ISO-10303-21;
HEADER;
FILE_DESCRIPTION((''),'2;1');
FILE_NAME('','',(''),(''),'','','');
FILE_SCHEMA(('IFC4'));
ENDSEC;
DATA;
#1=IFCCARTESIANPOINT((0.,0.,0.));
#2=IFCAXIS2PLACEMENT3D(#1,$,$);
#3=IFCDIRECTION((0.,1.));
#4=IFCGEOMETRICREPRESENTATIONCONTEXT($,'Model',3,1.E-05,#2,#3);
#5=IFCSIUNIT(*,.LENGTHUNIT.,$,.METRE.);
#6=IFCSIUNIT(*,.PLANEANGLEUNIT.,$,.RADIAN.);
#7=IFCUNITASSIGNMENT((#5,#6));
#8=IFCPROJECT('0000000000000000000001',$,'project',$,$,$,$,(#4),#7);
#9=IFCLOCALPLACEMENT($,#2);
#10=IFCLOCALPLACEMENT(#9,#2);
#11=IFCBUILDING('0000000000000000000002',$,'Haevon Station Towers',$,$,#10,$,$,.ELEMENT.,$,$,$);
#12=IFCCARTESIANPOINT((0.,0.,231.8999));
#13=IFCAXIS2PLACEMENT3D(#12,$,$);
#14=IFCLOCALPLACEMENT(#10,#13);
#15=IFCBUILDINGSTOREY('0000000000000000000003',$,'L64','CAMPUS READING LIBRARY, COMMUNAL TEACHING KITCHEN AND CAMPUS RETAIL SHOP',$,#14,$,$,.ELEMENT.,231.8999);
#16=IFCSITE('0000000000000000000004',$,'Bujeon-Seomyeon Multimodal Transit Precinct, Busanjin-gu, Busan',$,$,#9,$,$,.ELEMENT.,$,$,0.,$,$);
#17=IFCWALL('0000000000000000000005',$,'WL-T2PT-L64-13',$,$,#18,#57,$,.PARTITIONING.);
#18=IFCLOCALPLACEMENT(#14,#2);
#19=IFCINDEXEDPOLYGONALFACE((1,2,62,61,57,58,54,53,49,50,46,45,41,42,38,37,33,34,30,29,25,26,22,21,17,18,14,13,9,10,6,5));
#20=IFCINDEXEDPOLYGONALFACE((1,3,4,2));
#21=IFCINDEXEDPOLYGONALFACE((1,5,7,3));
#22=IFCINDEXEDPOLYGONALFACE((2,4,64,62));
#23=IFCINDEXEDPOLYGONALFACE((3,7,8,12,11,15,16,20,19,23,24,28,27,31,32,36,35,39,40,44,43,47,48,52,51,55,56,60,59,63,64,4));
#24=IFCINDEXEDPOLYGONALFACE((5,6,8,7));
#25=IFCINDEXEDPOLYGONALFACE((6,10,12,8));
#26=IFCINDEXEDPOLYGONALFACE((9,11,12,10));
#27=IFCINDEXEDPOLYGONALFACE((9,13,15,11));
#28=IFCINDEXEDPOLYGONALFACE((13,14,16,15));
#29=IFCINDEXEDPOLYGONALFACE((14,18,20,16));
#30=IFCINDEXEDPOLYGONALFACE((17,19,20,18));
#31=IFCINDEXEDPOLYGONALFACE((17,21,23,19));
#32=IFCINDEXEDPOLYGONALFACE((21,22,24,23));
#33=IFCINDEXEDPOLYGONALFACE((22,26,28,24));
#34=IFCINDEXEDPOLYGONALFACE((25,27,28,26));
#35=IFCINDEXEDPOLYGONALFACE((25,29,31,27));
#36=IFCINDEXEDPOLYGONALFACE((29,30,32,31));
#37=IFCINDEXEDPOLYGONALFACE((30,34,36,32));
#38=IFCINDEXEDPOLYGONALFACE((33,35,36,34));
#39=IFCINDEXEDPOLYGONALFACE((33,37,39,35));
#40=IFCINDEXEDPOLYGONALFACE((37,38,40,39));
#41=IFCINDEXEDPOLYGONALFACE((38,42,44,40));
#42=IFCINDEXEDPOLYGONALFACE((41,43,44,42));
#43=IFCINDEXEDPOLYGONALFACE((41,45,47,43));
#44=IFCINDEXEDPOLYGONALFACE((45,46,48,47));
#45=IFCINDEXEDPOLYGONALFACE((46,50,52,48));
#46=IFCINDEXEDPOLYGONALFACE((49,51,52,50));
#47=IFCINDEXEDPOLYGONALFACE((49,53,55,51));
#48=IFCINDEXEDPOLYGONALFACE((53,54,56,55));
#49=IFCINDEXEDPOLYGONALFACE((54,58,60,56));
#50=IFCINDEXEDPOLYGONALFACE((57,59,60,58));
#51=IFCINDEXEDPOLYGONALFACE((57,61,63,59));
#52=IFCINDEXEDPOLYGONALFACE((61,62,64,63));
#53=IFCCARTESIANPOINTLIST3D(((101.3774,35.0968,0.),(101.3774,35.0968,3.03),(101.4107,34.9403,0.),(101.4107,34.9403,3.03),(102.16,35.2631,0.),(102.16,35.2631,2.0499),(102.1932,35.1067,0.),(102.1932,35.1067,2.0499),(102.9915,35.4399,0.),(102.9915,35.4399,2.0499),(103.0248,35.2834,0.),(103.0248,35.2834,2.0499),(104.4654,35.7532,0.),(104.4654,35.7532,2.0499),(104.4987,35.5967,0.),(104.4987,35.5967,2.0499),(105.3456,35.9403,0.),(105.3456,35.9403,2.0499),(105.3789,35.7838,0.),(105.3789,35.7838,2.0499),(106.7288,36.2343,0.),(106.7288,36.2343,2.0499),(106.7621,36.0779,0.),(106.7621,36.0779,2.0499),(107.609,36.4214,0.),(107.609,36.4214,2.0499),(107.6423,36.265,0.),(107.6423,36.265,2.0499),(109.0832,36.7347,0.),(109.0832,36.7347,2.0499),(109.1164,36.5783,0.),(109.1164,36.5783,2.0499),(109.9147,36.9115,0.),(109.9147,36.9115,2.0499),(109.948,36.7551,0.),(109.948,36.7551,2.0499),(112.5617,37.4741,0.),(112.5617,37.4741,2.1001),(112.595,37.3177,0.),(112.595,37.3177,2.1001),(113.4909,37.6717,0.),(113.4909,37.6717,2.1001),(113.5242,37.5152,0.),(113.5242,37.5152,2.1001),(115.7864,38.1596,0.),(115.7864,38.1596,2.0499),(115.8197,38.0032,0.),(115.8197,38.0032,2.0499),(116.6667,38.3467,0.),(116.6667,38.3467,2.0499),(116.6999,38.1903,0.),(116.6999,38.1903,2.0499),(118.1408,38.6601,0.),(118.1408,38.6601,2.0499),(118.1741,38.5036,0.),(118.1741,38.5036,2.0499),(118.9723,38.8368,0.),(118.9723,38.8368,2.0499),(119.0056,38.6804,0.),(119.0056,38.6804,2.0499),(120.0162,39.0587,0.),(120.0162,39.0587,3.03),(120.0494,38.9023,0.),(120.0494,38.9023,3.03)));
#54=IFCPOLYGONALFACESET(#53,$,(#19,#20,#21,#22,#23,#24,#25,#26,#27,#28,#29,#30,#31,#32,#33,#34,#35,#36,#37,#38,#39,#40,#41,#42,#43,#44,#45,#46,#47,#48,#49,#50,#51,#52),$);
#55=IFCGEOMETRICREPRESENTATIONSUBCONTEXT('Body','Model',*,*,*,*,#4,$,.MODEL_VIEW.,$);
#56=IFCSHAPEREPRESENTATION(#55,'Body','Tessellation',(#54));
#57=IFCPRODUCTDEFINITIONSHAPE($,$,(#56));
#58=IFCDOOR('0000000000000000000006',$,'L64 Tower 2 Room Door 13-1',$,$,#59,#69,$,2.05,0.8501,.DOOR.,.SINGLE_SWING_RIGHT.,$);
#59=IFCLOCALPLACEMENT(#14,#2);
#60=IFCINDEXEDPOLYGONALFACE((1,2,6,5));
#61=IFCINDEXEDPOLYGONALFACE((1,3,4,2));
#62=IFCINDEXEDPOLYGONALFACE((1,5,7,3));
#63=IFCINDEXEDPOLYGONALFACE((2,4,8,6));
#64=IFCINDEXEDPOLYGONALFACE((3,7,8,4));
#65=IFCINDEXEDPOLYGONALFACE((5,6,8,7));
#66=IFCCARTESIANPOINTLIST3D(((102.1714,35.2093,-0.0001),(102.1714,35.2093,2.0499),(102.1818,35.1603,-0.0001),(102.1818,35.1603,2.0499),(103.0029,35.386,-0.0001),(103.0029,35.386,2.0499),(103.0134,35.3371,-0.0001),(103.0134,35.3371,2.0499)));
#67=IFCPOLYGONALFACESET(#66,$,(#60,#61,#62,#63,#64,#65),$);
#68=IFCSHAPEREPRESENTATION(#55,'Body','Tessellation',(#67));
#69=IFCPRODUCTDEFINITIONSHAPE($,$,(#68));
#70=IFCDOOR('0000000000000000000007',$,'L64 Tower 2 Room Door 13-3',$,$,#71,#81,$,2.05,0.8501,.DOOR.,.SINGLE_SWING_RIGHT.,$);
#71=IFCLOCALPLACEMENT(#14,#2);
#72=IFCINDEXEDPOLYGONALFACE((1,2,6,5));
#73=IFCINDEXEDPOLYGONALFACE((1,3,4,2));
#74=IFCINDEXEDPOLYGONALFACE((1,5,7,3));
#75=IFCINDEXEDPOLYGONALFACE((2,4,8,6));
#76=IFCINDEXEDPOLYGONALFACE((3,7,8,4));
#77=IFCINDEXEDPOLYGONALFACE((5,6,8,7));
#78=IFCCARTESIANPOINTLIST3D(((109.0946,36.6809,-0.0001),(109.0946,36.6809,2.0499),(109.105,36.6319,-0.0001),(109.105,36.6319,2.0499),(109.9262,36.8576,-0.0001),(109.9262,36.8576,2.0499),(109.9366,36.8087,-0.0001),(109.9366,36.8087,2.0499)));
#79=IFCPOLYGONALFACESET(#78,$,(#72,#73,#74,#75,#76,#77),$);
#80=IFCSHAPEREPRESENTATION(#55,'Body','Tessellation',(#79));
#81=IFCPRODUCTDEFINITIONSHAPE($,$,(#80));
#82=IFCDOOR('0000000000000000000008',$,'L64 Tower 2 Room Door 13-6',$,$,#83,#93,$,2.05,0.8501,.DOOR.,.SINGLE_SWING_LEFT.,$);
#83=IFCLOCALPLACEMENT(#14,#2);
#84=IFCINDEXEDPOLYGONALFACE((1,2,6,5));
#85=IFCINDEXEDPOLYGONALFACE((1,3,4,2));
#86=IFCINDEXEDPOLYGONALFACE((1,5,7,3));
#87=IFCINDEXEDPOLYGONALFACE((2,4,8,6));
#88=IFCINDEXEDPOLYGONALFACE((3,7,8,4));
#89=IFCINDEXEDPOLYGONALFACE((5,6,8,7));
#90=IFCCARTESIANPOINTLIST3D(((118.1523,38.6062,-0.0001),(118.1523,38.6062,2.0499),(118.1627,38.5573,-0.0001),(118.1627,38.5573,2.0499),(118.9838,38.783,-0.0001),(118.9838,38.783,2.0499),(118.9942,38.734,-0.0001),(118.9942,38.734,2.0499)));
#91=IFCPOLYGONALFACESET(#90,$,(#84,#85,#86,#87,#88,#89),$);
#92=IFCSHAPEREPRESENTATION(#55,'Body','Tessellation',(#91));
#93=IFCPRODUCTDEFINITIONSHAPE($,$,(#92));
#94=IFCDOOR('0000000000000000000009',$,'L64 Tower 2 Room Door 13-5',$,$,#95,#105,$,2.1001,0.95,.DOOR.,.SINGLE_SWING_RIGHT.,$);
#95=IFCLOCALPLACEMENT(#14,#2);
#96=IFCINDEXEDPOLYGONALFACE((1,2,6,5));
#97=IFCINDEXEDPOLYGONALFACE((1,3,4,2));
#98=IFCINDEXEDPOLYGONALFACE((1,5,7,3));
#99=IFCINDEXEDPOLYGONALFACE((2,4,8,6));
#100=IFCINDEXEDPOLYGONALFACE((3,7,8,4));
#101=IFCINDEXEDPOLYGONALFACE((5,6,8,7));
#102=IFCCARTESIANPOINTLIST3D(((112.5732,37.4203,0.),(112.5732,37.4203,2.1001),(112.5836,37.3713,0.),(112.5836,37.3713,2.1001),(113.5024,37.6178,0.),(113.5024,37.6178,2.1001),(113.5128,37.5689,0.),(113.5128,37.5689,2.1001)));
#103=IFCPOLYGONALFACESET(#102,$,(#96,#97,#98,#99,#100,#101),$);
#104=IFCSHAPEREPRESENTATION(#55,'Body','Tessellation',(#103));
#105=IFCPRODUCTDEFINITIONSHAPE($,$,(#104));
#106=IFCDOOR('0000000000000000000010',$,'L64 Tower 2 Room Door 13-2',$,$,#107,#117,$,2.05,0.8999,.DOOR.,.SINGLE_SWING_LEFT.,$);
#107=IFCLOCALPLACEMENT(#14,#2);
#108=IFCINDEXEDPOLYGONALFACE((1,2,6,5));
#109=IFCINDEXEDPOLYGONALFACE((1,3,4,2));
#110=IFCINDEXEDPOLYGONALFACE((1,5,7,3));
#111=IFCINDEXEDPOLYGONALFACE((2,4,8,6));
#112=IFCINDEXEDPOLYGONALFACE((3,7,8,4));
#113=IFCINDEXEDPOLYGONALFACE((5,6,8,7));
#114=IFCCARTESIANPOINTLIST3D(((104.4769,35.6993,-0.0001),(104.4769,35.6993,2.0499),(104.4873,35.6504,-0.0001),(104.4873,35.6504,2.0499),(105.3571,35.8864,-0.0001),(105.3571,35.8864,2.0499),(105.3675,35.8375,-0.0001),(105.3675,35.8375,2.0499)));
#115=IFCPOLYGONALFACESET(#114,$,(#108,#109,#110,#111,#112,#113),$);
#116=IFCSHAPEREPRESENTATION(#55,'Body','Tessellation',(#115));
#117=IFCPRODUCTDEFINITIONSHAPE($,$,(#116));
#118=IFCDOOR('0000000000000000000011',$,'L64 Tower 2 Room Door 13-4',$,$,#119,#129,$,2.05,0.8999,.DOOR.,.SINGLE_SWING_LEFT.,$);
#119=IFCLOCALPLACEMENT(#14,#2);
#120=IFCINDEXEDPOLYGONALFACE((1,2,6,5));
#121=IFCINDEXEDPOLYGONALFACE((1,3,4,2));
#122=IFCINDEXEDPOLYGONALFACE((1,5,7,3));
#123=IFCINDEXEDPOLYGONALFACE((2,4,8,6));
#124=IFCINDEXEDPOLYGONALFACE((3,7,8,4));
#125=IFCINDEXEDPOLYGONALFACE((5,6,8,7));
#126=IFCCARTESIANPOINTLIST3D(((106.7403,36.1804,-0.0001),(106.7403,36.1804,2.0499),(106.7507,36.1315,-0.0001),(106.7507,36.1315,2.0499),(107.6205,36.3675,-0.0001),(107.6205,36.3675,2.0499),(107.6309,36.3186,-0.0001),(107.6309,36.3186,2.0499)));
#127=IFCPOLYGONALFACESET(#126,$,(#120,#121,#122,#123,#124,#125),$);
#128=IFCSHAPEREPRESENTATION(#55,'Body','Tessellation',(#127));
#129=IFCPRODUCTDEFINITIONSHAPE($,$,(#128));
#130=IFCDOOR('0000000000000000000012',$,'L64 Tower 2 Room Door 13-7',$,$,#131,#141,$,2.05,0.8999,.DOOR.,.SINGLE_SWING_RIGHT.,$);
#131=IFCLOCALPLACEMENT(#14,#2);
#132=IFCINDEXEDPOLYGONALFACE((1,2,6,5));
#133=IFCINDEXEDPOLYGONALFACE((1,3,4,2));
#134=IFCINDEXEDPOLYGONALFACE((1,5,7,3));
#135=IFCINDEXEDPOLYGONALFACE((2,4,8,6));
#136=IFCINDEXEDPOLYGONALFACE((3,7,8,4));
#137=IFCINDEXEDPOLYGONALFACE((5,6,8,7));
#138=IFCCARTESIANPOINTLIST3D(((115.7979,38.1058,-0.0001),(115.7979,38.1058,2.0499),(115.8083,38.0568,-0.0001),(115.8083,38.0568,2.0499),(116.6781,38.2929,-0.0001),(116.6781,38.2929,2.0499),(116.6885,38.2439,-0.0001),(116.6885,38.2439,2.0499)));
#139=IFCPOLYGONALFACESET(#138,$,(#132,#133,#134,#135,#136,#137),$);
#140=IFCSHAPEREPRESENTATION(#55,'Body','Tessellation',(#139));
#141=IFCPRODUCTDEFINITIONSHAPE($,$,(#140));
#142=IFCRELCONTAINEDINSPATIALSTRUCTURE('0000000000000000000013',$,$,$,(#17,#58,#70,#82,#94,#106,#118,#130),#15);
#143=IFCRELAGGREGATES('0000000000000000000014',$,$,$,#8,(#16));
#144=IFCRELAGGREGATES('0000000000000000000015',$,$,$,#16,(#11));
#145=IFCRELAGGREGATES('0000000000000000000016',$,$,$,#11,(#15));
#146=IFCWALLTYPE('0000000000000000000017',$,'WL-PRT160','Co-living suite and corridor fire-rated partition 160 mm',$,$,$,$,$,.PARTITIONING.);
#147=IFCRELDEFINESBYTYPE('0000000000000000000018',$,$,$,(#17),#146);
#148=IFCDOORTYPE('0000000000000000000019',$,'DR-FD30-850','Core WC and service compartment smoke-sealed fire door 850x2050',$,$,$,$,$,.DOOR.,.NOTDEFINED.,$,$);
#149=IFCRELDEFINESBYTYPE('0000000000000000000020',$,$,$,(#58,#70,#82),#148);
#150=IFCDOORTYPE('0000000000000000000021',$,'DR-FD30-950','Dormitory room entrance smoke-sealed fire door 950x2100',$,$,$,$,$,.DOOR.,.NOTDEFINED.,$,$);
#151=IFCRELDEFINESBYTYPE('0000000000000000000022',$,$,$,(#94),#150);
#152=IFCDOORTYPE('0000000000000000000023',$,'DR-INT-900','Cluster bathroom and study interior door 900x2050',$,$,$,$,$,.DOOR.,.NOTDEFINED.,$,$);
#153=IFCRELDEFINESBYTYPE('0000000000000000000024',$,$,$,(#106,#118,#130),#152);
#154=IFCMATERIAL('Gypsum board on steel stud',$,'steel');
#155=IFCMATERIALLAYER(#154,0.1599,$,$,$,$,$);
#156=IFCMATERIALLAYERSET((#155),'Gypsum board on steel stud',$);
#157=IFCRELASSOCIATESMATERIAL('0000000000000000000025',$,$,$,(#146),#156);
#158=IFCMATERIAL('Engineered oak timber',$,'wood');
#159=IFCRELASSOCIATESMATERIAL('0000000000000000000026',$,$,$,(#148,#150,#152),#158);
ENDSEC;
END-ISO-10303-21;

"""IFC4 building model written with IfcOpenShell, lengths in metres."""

from ifc_helpers import new_model, si_unit, direction, frame, frame_2d, origin, place, context, subcontext, project, spatial, rectangle, extrude, material, layer, layer_set, type_object, element, fill, save


model = new_model("IFC4")

# Units and contexts
model_context = context("Model", 3, precision=1e-05, world=origin(), true_north=direction((0.0, 1.0)))
body_context = subcontext(model_context, "Body", "Model", "MODEL_VIEW")
ifc_project = project(units=[si_unit("LENGTHUNIT", "METRE"), si_unit("PLANEANGLEUNIT", "RADIAN")], contexts=[model_context])

# Site, building, storey
site_placement = place(None, origin())
site = spatial("IfcSite", under=ifc_project, at=site_placement, Name="Bujeon-Seomyeon Multimodal Transit Precinct, Busanjin-gu, Busan", CompositionType="ELEMENT", RefElevation=0.0)
building_placement = place(site_placement, origin())
building = spatial("IfcBuilding", under=site, at=building_placement, Name="Haevon Station Towers", CompositionType="ELEMENT")
storey_placement = place(building_placement, frame((0.0, 0.0, 231.8999)))
storey = spatial("IfcBuildingStorey", under=building, at=storey_placement, Name="L64", Description="CAMPUS READING LIBRARY, COMMUNAL TEACHING KITCHEN AND CAMPUS RETAIL SHOP", CompositionType="ELEMENT", Elevation=231.8999)

# Shared definitions
ifc_material_1 = material(Name="Gypsum board on steel stud", Category="steel")
ifc_material_2 = material(Name="Engineered oak timber", Category="wood")

# Shared definitions
ifc_layer_1 = layer(ifc_material_1, 0.1599)
ifc_layer_set_1 = layer_set([ifc_layer_1], Name="Gypsum board on steel stud")
wall_type_1 = type_object("IfcWallType", Name="WL-PRT160", Description="Co-living suite and corridor fire-rated partition 160 mm", PredefinedType="PARTITIONING", material=ifc_layer_set_1)

# Wall, openings, doors
wall_1_placement = place(storey_placement, frame((101.394, 35.0186, 0.0), z_axis=(0.0, 0.0, 1.0), x_axis=(0.978146, 0.207919, 0.0)))
wall_1 = element("IfcWall", 1, at=wall_1_placement, inside=storey, type_object=wall_type_1, Name="WL-T2PT-L64-13", PredefinedType="PARTITIONING", context=body_context, shape_type="SweptSolid", body=[
    extrude(rectangle(XDim=19.0552, YDim=0.1599, at=frame_2d((9.5276, 0.0))), origin(), (0.0, 0.0, 1.0), 3.03),
])
opening_1_placement = place(wall_1_placement, frame((0.8, 0.0, 0.0)))
opening_1 = element("IfcOpeningElement", 2, at=opening_1_placement, cuts=wall_1, PredefinedType="OPENING", context=body_context, shape_type="SweptSolid", body=[
    extrude(rectangle(XDim=0.8501, YDim=2.05, at=frame_2d((0.425, 1.0249))), frame((0.0, 0.0898, 0.0), z_axis=(0.0, -1.0, 0.0), x_axis=(1.0, 0.0, 0.0)), (0.0, 0.0, 1.0), 0.1799),
])
opening_2_placement = place(wall_1_placement, frame((3.157, 0.0, 0.0)))
opening_2 = element("IfcOpeningElement", 3, at=opening_2_placement, cuts=wall_1, PredefinedType="OPENING", context=body_context, shape_type="SweptSolid", body=[
    extrude(rectangle(XDim=0.8999, YDim=2.05, at=frame_2d((0.45, 1.0249))), frame((0.0, 0.0898, 0.0), z_axis=(0.0, -1.0, 0.0), x_axis=(1.0, 0.0, 0.0)), (0.0, 0.0, 1.0), 0.1799),
])
opening_3_placement = place(wall_1_placement, frame((7.8779, 0.0, 0.0)))
opening_3 = element("IfcOpeningElement", 4, at=opening_3_placement, cuts=wall_1, PredefinedType="OPENING", context=body_context, shape_type="SweptSolid", body=[
    extrude(rectangle(XDim=0.8501, YDim=2.05, at=frame_2d((0.425, 1.0249))), frame((0.0, 0.0898, 0.0), z_axis=(0.0, -1.0, 0.0), x_axis=(1.0, 0.0, 0.0)), (0.0, 0.0, 1.0), 0.1799),
])
opening_4_placement = place(wall_1_placement, frame((5.4709, 0.0, 0.0)))
opening_4 = element("IfcOpeningElement", 5, at=opening_4_placement, cuts=wall_1, PredefinedType="OPENING", context=body_context, shape_type="SweptSolid", body=[
    extrude(rectangle(XDim=0.8999, YDim=2.05, at=frame_2d((0.45, 1.0249))), frame((0.0, 0.0898, 0.0), z_axis=(0.0, -1.0, 0.0), x_axis=(1.0, 0.0, 0.0)), (0.0, 0.0, 1.0), 0.1799),
])
opening_5_placement = place(wall_1_placement, frame((11.4341, 0.0, 0.0)))
opening_5 = element("IfcOpeningElement", 6, at=opening_5_placement, cuts=wall_1, PredefinedType="OPENING", context=body_context, shape_type="SweptSolid", body=[
    extrude(rectangle(XDim=0.95, YDim=2.1001, at=frame_2d((0.4751, 1.05))), frame((0.0, 0.0898, 0.0), z_axis=(0.0, -1.0, 0.0), x_axis=(1.0, 0.0, 0.0)), (0.0, 0.0, 1.0), 0.1799),
])
opening_6_placement = place(wall_1_placement, frame((17.1379, 0.0, 0.0)))
opening_6 = element("IfcOpeningElement", 7, at=opening_6_placement, cuts=wall_1, PredefinedType="OPENING", context=body_context, shape_type="SweptSolid", body=[
    extrude(rectangle(XDim=0.8501, YDim=2.05, at=frame_2d((0.425, 1.0249))), frame((0.0, 0.0898, 0.0), z_axis=(0.0, -1.0, 0.0), x_axis=(1.0, 0.0, 0.0)), (0.0, 0.0, 1.0), 0.1799),
])
opening_7_placement = place(wall_1_placement, frame((14.731, 0.0, 0.0)))
opening_7 = element("IfcOpeningElement", 8, at=opening_7_placement, cuts=wall_1, PredefinedType="OPENING", context=body_context, shape_type="SweptSolid", body=[
    extrude(rectangle(XDim=0.8999, YDim=2.05, at=frame_2d((0.45, 1.0249))), frame((0.0, 0.0898, 0.0), z_axis=(0.0, -1.0, 0.0), x_axis=(1.0, 0.0, 0.0)), (0.0, 0.0, 1.0), 0.1799),
])
door_type_1 = type_object("IfcDoorType", Name="DR-FD30-850", Description="Core WC and service compartment smoke-sealed fire door 850x2050", OperationType="NOTDEFINED", PredefinedType="DOOR", material=ifc_material_2)
door_1_placement = place(opening_1_placement, origin())
door_1 = element("IfcDoor", 9, at=door_1_placement, inside=storey, type_object=door_type_1, Name="L64 Tower 2 Room Door 13-1", OperationType="SINGLE_SWING_RIGHT", OverallHeight=2.05, OverallWidth=0.8501, PredefinedType="DOOR", context=body_context, shape_type="SweptSolid", body=[
    extrude(rectangle(XDim=0.8501, YDim=2.05, at=frame_2d((0.425, 1.0249))), frame((0.0, 0.0249, 0.0), z_axis=(0.0, -1.0, 0.0), x_axis=(1.0, 0.0, 0.0)), (0.0, 0.0, 1.0), 0.05),
])
fill(opening_1, door_1)
door_2_placement = place(opening_3_placement, origin())
door_2 = element("IfcDoor", 10, at=door_2_placement, inside=storey, type_object=door_type_1, Name="L64 Tower 2 Room Door 13-3", OperationType="SINGLE_SWING_RIGHT", OverallHeight=2.05, OverallWidth=0.8501, PredefinedType="DOOR", context=body_context, shape_type="SweptSolid", body=[
    extrude(rectangle(XDim=0.8501, YDim=2.05, at=frame_2d((0.425, 1.0249))), frame((0.0, 0.0249, 0.0), z_axis=(0.0, -1.0, 0.0), x_axis=(1.0, 0.0, 0.0)), (0.0, 0.0, 1.0), 0.05),
])
fill(opening_3, door_2)
door_3_placement = place(opening_6_placement, origin())
door_3 = element("IfcDoor", 11, at=door_3_placement, inside=storey, type_object=door_type_1, Name="L64 Tower 2 Room Door 13-6", OperationType="SINGLE_SWING_LEFT", OverallHeight=2.05, OverallWidth=0.8501, PredefinedType="DOOR", context=body_context, shape_type="SweptSolid", body=[
    extrude(rectangle(XDim=0.8501, YDim=2.05, at=frame_2d((0.425, 1.0249))), frame((0.0, 0.0249, 0.0), z_axis=(0.0, -1.0, 0.0), x_axis=(1.0, 0.0, 0.0)), (0.0, 0.0, 1.0), 0.05),
])
fill(opening_6, door_3)
door_type_2 = type_object("IfcDoorType", Name="DR-FD30-950", Description="Dormitory room entrance smoke-sealed fire door 950x2100", OperationType="NOTDEFINED", PredefinedType="DOOR", material=ifc_material_2)
door_4_placement = place(opening_5_placement, origin())
door_4 = element("IfcDoor", 12, at=door_4_placement, inside=storey, type_object=door_type_2, Name="L64 Tower 2 Room Door 13-5", OperationType="SINGLE_SWING_RIGHT", OverallHeight=2.1001, OverallWidth=0.95, PredefinedType="DOOR", context=body_context, shape_type="SweptSolid", body=[
    extrude(rectangle(XDim=0.95, YDim=2.1001, at=frame_2d((0.4751, 1.05))), frame((0.0, 0.0249, 0.0), z_axis=(0.0, -1.0, 0.0), x_axis=(1.0, 0.0, 0.0)), (0.0, 0.0, 1.0), 0.05),
])
fill(opening_5, door_4)
door_type_3 = type_object("IfcDoorType", Name="DR-INT-900", Description="Cluster bathroom and study interior door 900x2050", OperationType="NOTDEFINED", PredefinedType="DOOR", material=ifc_material_2)
door_5_placement = place(opening_2_placement, origin())
door_5 = element("IfcDoor", 13, at=door_5_placement, inside=storey, type_object=door_type_3, Name="L64 Tower 2 Room Door 13-2", OperationType="SINGLE_SWING_LEFT", OverallHeight=2.05, OverallWidth=0.8999, PredefinedType="DOOR", context=body_context, shape_type="SweptSolid", body=[
    extrude(rectangle(XDim=0.8999, YDim=2.05, at=frame_2d((0.45, 1.0249))), frame((0.0, 0.0249, 0.0), z_axis=(0.0, -1.0, 0.0), x_axis=(1.0, 0.0, 0.0)), (0.0, 0.0, 1.0), 0.05),
])
fill(opening_2, door_5)
door_6_placement = place(opening_4_placement, origin())
door_6 = element("IfcDoor", 14, at=door_6_placement, inside=storey, type_object=door_type_3, Name="L64 Tower 2 Room Door 13-4", OperationType="SINGLE_SWING_LEFT", OverallHeight=2.05, OverallWidth=0.8999, PredefinedType="DOOR", context=body_context, shape_type="SweptSolid", body=[
    extrude(rectangle(XDim=0.8999, YDim=2.05, at=frame_2d((0.45, 1.0249))), frame((0.0, 0.0249, 0.0), z_axis=(0.0, -1.0, 0.0), x_axis=(1.0, 0.0, 0.0)), (0.0, 0.0, 1.0), 0.05),
])
fill(opening_4, door_6)
door_7_placement = place(opening_7_placement, origin())
door_7 = element("IfcDoor", 15, at=door_7_placement, inside=storey, type_object=door_type_3, Name="L64 Tower 2 Room Door 13-7", OperationType="SINGLE_SWING_RIGHT", OverallHeight=2.05, OverallWidth=0.8999, PredefinedType="DOOR", context=body_context, shape_type="SweptSolid", body=[
    extrude(rectangle(XDim=0.8999, YDim=2.05, at=frame_2d((0.45, 1.0249))), frame((0.0, 0.0249, 0.0), z_axis=(0.0, -1.0, 0.0), x_axis=(1.0, 0.0, 0.0)), (0.0, 0.0, 1.0), 0.05),
])
fill(opening_7, door_7)

save(model, "model.ifc")
